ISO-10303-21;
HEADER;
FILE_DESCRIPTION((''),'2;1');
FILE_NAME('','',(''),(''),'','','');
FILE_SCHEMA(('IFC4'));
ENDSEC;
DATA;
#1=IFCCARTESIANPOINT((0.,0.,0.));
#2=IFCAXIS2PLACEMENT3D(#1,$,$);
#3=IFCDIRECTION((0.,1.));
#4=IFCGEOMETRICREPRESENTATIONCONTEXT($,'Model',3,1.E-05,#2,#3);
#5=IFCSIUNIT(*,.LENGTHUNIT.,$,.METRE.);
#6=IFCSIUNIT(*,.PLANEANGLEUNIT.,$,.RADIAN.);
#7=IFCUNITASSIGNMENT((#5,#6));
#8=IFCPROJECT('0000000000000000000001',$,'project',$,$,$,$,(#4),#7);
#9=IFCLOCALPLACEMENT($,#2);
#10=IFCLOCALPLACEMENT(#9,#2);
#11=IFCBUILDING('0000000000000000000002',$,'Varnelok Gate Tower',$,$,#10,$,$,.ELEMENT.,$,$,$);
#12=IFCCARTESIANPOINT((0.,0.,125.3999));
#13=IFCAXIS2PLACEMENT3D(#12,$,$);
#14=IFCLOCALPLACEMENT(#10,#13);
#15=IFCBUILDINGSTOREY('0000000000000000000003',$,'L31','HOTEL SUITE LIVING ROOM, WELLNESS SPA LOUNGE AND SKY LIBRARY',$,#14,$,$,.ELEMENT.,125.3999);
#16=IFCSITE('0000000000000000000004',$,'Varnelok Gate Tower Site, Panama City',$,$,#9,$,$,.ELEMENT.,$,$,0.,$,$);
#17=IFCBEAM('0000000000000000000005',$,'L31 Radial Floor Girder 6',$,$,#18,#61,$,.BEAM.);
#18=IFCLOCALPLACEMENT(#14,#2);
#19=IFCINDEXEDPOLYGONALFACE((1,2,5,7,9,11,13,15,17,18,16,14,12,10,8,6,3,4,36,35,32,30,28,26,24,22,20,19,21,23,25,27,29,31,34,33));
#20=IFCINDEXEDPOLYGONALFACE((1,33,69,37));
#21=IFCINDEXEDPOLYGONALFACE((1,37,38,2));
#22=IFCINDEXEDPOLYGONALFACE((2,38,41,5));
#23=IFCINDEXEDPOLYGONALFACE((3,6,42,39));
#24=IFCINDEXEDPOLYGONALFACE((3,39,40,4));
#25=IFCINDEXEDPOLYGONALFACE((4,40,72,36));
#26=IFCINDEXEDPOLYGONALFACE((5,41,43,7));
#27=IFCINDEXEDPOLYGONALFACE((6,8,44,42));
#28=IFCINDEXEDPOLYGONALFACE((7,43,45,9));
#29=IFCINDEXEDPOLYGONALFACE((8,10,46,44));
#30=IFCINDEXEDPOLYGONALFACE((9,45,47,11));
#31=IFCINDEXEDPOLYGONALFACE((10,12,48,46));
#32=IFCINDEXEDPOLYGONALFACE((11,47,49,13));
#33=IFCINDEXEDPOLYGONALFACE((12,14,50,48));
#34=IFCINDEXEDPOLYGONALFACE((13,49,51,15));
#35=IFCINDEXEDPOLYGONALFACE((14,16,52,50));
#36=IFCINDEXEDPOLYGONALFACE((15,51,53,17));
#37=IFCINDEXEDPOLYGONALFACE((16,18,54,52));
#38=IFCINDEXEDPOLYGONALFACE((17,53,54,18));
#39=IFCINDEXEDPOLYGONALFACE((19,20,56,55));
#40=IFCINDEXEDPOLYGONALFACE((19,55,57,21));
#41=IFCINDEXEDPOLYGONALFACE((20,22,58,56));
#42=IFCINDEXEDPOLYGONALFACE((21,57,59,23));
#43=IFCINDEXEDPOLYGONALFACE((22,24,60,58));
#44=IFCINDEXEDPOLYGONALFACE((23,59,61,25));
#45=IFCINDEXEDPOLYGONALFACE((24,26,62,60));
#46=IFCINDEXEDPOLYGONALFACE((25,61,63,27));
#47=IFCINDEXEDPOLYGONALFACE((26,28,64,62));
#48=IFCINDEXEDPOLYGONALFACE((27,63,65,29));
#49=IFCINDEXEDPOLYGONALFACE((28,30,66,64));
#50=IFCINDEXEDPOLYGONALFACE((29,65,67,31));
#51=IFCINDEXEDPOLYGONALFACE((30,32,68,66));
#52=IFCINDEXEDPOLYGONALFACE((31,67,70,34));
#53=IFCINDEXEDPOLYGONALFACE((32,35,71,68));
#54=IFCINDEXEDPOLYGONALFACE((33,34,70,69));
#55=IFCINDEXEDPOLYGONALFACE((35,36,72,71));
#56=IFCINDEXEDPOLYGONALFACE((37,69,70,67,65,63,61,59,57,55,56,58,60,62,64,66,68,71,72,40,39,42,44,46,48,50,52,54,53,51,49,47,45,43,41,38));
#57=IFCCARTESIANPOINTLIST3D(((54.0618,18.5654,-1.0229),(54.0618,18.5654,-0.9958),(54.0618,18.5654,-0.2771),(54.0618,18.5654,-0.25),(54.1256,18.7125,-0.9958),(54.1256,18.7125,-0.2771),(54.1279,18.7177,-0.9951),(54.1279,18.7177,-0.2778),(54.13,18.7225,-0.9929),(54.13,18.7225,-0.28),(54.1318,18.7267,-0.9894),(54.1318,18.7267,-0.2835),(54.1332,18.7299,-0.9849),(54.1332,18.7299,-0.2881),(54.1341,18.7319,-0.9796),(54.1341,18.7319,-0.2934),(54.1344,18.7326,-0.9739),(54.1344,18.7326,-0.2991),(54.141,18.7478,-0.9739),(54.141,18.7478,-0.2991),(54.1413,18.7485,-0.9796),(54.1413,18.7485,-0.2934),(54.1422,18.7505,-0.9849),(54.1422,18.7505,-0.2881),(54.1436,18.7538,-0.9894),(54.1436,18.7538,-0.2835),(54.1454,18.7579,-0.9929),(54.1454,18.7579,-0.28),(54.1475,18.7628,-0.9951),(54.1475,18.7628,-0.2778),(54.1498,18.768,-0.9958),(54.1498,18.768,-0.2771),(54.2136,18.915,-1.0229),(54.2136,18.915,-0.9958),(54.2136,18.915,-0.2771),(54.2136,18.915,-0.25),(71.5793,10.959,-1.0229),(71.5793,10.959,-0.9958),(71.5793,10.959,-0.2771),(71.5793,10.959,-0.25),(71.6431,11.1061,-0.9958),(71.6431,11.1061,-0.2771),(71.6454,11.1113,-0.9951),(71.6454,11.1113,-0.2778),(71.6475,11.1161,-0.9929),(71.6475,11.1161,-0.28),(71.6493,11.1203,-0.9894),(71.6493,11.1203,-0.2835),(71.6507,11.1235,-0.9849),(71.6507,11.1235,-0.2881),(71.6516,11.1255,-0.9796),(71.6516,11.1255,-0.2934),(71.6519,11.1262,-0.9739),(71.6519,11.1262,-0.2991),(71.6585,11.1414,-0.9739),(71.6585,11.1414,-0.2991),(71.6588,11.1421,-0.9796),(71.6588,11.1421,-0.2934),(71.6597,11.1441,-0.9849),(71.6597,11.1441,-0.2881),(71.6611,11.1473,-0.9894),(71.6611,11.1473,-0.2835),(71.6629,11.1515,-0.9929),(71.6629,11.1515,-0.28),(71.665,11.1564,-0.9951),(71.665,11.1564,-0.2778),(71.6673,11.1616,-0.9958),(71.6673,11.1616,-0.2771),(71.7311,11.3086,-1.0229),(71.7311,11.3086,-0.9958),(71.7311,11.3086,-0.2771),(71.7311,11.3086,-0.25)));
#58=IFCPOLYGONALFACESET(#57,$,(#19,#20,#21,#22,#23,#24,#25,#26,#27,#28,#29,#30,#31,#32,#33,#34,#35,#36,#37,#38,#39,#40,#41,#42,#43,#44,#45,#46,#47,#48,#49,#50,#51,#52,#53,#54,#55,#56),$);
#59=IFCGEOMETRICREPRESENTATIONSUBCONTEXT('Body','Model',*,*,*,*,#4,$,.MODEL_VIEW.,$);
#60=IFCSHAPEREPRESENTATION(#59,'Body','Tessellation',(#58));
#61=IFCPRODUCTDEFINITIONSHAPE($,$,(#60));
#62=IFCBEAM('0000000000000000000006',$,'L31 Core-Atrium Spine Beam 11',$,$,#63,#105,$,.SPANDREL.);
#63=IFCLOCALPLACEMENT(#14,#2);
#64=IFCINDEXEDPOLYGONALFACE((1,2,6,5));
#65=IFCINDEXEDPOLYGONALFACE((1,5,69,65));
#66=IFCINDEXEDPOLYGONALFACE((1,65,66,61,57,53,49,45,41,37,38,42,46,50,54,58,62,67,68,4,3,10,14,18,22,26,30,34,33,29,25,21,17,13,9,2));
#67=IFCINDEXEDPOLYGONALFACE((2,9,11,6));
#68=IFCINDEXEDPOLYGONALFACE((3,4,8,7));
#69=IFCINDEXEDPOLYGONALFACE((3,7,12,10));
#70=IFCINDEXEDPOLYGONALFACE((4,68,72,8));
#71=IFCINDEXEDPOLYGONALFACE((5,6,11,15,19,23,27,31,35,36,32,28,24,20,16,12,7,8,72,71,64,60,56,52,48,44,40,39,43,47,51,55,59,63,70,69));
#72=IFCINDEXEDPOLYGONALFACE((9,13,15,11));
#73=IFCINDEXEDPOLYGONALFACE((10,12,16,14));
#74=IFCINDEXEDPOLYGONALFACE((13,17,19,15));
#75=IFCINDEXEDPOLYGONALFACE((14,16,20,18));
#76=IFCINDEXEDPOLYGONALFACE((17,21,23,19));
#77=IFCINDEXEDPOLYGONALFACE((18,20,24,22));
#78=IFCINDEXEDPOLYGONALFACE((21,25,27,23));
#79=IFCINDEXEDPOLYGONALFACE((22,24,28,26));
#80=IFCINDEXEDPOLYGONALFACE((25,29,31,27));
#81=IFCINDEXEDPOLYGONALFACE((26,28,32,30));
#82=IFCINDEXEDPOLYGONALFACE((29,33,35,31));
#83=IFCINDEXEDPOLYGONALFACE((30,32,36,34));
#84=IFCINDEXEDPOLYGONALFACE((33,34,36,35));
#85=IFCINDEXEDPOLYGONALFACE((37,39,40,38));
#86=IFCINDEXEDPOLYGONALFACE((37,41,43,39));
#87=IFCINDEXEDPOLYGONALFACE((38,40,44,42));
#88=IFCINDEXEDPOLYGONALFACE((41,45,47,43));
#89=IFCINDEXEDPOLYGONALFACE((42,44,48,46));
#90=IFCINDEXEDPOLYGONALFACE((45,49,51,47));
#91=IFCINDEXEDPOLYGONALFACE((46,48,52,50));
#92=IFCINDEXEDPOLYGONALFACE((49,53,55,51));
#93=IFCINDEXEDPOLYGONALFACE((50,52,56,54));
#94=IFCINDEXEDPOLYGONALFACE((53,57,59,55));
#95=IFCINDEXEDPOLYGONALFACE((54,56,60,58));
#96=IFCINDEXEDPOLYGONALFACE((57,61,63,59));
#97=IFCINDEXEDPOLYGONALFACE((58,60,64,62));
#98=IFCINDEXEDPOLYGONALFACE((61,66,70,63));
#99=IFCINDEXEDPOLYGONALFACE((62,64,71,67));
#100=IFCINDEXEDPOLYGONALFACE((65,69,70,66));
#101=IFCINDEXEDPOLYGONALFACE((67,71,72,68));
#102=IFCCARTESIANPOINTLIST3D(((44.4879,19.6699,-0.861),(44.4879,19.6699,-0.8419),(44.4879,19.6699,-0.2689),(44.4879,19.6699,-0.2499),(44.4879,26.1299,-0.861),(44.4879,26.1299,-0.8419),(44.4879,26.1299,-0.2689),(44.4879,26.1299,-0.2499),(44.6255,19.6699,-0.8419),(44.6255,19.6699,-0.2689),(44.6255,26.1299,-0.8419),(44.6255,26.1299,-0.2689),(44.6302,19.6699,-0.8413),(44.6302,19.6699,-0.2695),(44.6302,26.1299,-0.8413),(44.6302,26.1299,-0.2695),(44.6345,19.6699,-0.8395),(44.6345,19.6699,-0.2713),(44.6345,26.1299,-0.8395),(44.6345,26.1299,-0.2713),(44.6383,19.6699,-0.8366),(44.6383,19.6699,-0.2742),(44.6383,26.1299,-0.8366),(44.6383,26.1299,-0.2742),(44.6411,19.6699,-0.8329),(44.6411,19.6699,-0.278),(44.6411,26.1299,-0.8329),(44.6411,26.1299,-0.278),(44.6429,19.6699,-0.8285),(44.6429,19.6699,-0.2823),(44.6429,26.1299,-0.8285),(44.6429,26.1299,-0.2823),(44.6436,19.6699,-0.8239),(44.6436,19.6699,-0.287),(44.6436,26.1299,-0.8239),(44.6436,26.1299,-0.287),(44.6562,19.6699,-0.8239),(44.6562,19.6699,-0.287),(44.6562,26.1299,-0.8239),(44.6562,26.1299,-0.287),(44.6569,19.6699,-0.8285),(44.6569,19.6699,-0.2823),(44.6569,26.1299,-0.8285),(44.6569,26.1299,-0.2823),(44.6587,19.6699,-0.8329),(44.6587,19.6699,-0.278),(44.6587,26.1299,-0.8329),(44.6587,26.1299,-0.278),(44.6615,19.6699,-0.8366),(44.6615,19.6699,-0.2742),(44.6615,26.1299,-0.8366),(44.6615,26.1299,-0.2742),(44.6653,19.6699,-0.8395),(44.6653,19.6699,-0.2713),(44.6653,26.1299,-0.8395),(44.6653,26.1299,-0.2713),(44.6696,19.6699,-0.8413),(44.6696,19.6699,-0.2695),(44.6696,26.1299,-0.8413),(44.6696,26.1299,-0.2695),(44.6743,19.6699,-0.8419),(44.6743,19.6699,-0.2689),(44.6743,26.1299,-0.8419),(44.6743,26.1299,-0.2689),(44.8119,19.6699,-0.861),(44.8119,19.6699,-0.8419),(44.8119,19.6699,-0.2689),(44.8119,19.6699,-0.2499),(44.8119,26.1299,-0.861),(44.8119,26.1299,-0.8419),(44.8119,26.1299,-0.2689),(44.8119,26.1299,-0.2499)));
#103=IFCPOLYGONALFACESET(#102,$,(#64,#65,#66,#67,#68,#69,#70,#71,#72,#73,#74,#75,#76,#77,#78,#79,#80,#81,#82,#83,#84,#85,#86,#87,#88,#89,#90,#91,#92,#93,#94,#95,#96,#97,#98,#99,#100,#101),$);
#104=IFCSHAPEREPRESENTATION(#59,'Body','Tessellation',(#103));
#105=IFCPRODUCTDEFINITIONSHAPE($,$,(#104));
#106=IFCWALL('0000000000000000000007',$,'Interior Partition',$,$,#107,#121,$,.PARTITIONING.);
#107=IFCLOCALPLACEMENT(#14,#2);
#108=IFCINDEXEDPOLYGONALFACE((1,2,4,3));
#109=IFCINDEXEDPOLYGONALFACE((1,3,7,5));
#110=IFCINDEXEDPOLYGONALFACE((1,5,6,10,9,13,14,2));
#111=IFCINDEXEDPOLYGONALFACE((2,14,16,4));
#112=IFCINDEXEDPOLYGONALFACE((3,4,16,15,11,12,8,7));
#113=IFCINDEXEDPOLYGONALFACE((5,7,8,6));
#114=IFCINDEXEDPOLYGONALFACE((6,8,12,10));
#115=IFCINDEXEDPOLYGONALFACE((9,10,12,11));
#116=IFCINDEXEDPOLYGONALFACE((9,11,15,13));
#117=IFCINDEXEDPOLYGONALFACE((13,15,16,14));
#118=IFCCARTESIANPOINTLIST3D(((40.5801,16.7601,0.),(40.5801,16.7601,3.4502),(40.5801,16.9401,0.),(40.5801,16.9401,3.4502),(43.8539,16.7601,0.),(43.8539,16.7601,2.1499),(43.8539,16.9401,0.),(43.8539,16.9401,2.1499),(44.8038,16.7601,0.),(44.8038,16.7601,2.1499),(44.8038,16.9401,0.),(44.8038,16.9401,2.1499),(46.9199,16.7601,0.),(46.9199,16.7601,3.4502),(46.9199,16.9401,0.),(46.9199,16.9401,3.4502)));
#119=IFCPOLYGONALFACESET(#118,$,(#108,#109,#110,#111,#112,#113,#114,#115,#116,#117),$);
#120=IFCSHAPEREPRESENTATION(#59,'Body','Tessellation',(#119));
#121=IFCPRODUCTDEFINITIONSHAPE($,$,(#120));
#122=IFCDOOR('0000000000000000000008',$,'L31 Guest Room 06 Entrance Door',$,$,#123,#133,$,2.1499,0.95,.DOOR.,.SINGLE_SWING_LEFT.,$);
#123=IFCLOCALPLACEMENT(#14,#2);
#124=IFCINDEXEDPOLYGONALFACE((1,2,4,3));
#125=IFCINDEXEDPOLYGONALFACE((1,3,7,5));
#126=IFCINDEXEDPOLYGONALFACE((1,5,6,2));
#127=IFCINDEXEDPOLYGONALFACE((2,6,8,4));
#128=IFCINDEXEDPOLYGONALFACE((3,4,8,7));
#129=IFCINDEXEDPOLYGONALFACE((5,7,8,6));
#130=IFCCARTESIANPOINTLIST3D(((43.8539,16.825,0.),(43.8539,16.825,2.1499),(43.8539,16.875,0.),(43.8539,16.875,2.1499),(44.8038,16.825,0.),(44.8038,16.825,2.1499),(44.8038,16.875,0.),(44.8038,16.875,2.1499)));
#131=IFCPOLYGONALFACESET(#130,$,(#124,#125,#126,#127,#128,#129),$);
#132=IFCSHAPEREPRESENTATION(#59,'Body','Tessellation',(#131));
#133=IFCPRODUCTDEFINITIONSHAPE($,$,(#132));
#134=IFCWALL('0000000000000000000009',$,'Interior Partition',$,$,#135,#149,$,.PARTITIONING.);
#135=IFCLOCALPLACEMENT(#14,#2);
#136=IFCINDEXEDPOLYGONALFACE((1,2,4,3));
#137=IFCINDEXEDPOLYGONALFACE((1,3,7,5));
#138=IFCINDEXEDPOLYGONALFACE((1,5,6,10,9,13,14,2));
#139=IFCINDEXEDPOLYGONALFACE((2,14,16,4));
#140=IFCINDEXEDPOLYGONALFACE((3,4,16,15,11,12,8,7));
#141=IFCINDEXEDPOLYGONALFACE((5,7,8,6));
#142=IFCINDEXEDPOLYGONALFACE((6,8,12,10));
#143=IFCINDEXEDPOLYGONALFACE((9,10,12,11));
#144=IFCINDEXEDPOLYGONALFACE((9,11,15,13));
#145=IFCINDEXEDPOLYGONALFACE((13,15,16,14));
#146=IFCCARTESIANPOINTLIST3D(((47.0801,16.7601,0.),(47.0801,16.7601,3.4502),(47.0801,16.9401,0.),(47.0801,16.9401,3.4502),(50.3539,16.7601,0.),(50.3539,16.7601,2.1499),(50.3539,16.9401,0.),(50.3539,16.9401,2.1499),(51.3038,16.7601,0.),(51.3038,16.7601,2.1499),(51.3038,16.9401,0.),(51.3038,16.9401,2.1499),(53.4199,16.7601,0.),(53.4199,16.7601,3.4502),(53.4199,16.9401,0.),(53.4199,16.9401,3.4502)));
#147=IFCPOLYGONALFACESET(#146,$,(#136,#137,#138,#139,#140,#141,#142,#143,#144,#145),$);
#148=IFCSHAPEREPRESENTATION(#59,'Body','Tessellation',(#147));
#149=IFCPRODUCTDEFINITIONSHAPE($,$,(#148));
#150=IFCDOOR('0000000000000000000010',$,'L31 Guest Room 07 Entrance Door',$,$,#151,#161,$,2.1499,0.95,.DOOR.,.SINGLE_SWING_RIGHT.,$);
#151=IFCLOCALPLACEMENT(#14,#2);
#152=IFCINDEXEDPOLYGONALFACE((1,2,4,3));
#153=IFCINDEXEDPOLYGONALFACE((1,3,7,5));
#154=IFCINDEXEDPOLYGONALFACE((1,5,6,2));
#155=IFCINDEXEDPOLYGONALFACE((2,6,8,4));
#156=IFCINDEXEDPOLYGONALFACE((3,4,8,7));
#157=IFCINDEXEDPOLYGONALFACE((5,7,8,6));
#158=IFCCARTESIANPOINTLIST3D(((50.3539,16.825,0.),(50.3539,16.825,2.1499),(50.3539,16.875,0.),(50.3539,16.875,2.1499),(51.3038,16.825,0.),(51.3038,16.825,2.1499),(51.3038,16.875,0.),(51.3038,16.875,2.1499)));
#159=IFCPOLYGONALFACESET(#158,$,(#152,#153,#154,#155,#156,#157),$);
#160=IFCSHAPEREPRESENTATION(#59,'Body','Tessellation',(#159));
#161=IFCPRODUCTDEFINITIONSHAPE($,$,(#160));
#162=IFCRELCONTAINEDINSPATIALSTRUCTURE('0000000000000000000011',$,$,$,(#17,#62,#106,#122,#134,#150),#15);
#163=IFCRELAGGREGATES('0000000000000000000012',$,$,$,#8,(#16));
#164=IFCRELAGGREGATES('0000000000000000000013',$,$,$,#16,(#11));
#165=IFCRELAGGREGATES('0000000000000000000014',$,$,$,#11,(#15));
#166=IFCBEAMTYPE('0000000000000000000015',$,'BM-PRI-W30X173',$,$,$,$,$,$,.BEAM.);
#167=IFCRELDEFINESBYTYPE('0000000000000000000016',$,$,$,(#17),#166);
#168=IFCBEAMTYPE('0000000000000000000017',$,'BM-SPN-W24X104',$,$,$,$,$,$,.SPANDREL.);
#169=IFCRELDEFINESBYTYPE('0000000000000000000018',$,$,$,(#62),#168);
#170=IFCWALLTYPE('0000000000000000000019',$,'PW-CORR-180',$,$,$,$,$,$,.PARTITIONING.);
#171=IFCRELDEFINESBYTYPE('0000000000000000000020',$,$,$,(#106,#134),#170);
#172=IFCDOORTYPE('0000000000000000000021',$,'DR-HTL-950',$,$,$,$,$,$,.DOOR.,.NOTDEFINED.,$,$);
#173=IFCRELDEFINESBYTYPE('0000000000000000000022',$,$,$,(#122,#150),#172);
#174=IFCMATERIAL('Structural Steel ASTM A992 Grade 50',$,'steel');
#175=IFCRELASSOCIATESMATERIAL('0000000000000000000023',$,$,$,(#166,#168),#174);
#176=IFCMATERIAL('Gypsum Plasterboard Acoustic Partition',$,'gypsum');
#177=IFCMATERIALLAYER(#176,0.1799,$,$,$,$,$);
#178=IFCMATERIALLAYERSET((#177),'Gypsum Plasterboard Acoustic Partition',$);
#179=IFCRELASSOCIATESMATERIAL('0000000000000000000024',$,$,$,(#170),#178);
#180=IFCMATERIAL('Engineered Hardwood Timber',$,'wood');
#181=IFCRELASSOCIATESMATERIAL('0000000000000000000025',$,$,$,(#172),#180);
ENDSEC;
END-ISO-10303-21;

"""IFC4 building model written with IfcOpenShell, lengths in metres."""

from ifc_helpers import new_model, si_unit, direction, frame, frame_2d, origin, origin_2d, place, context, subcontext, project, spatial, rectangle, i_section, extrude, material, layer, layer_set, material_profile, profile_set, type_object, element, fill, save


model = new_model("IFC4")

# Units and contexts
model_context = context("Model", 3, precision=1e-05, world=origin(), true_north=direction((0.0, 1.0)))
body_context = subcontext(model_context, "Body", "Model", "MODEL_VIEW")
ifc_project = project(units=[si_unit("LENGTHUNIT", "METRE"), si_unit("PLANEANGLEUNIT", "RADIAN")], contexts=[model_context])

# Site, building, storey
site_placement = place(None, origin())
site = spatial("IfcSite", under=ifc_project, at=site_placement, Name="Varnelok Gate Tower Site, Panama City", CompositionType="ELEMENT", RefElevation=0.0)
building_placement = place(site_placement, origin())
building = spatial("IfcBuilding", under=site, at=building_placement, Name="Varnelok Gate Tower", CompositionType="ELEMENT")
storey_placement = place(building_placement, frame((0.0, 0.0, 125.3999)))
storey = spatial("IfcBuildingStorey", under=building, at=storey_placement, Name="L31", Description="HOTEL SUITE LIVING ROOM, WELLNESS SPA LOUNGE AND SKY LIBRARY", CompositionType="ELEMENT", Elevation=125.3999)

# Shared definitions
ifc_material_1 = material(Name="Structural Steel ASTM A992 Grade 50", Category="steel")

# Beams
ifc_material_profile_1 = material_profile(ifc_material_1, i_section(OverallWidth=0.3811, OverallDepth=0.7729, WebThickness=0.0166, FlangeThickness=0.0271, FilletRadius=0.022, at=origin_2d()), Name="W30X173")
ifc_profile_set_1 = profile_set([ifc_material_profile_1], Name="Structural Steel ASTM A992 Grade 50")
beam_type_1 = type_object("IfcBeamType", Name="BM-PRI-W30X173", PredefinedType="BEAM", material=ifc_profile_set_1)
beam_1_placement = place(storey_placement, frame((54.1377, 18.7402, -0.6365), z_axis=(0.917259, -0.39829, 0.0), x_axis=(0.39829, 0.917259, 0.0)))
element("IfcBeam", 1, at=beam_1_placement, inside=storey, type_object=beam_type_1, Name="L31 Radial Floor Girder 6", PredefinedType="BEAM", context=body_context, shape_type="SweptSolid", body=[
    extrude(i_section(OverallWidth=0.3811, OverallDepth=0.7729, WebThickness=0.0166, FlangeThickness=0.0271, FilletRadius=0.022, at=origin_2d()), origin(), (0.0, 0.0, 1.0), 19.0977),
])
ifc_material_profile_2 = material_profile(ifc_material_1, i_section(OverallWidth=0.324, OverallDepth=0.6111, WebThickness=0.0127, FlangeThickness=0.019, FilletRadius=0.0181, at=origin_2d()), Name="W24X104")
ifc_profile_set_2 = profile_set([ifc_material_profile_2], Name="Structural Steel ASTM A992 Grade 50")
beam_type_2 = type_object("IfcBeamType", Name="BM-SPN-W24X104", PredefinedType="SPANDREL", material=ifc_profile_set_2)
beam_2_placement = place(storey_placement, frame((44.6499, 19.6699, -0.5554), z_axis=(0.0, 1.0, 0.0), x_axis=(-1.0, 0.0, 0.0)))
element("IfcBeam", 2, at=beam_2_placement, inside=storey, type_object=beam_type_2, Name="L31 Core-Atrium Spine Beam 11", PredefinedType="SPANDREL", context=body_context, shape_type="SweptSolid", body=[
    extrude(i_section(OverallWidth=0.324, OverallDepth=0.6111, WebThickness=0.0127, FlangeThickness=0.019, FilletRadius=0.0181, at=origin_2d()), origin(), (0.0, 0.0, 1.0), 6.46),
])

# Walls, openings, doors
ifc_material_2 = material(Name="Gypsum Plasterboard Acoustic Partition", Category="gypsum")
ifc_layer_1 = layer(ifc_material_2, 0.1799)
ifc_layer_set_1 = layer_set([ifc_layer_1], Name="Gypsum Plasterboard Acoustic Partition")
wall_type_1 = type_object("IfcWallType", Name="PW-CORR-180", PredefinedType="PARTITIONING", material=ifc_layer_set_1)
wall_1_placement = place(storey_placement, frame((40.5801, 16.8501, 0.0), z_axis=(0.0, 0.0, 1.0), x_axis=(1.0, 0.0, 0.0)))
wall_1 = element("IfcWall", 3, at=wall_1_placement, inside=storey, type_object=wall_type_1, Name="Interior Partition", PredefinedType="PARTITIONING", context=body_context, shape_type="SweptSolid", body=[
    extrude(rectangle(XDim=6.3398, YDim=0.1799, at=frame_2d((3.1699, 0.0))), origin(), (0.0, 0.0, 1.0), 3.4502),
])
opening_1_placement = place(wall_1_placement, frame((3.2737, 0.0, 0.0)))
opening_1 = element("IfcOpeningElement", 4, at=opening_1_placement, cuts=wall_1, PredefinedType="OPENING", context=body_context, shape_type="SweptSolid", body=[
    extrude(rectangle(XDim=0.95, YDim=2.1499, at=frame_2d((0.4751, 1.075))), frame((0.0, 0.0999, 0.0), z_axis=(0.0, -1.0, 0.0), x_axis=(1.0, 0.0, 0.0)), (0.0, 0.0, 1.0), 0.2),
])
ifc_material_3 = material(Name="Engineered Hardwood Timber", Category="wood")
door_type_1 = type_object("IfcDoorType", Name="DR-HTL-950", OperationType="NOTDEFINED", PredefinedType="DOOR", material=ifc_material_3)
door_1_placement = place(opening_1_placement, origin())
door_1 = element("IfcDoor", 5, at=door_1_placement, inside=storey, type_object=door_type_1, Name="L31 Guest Room 06 Entrance Door", OperationType="SINGLE_SWING_LEFT", OverallHeight=2.1499, OverallWidth=0.95, PredefinedType="DOOR", context=body_context, shape_type="SweptSolid", body=[
    extrude(rectangle(XDim=0.95, YDim=2.1499, at=frame_2d((0.4751, 1.075))), frame((0.0, 0.0249, 0.0), z_axis=(0.0, -1.0, 0.0), x_axis=(1.0, 0.0, 0.0)), (0.0, 0.0, 1.0), 0.05),
])
fill(opening_1, door_1)
wall_2_placement = place(storey_placement, frame((47.0801, 16.8501, 0.0), z_axis=(0.0, 0.0, 1.0), x_axis=(1.0, 0.0, 0.0)))
wall_2 = element("IfcWall", 6, at=wall_2_placement, inside=storey, type_object=wall_type_1, Name="Interior Partition", PredefinedType="PARTITIONING", context=body_context, shape_type="SweptSolid", body=[
    extrude(rectangle(XDim=6.3398, YDim=0.1799, at=frame_2d((3.1699, 0.0))), origin(), (0.0, 0.0, 1.0), 3.4502),
])
opening_2_placement = place(wall_2_placement, frame((3.2737, 0.0, 0.0)))
opening_2 = element("IfcOpeningElement", 7, at=opening_2_placement, cuts=wall_2, PredefinedType="OPENING", context=body_context, shape_type="SweptSolid", body=[
    extrude(rectangle(XDim=0.95, YDim=2.1499, at=frame_2d((0.4751, 1.075))), frame((0.0, 0.0999, 0.0), z_axis=(0.0, -1.0, 0.0), x_axis=(1.0, 0.0, 0.0)), (0.0, 0.0, 1.0), 0.2),
])
door_2_placement = place(opening_2_placement, origin())
door_2 = element("IfcDoor", 8, at=door_2_placement, inside=storey, type_object=door_type_1, Name="L31 Guest Room 07 Entrance Door", OperationType="SINGLE_SWING_RIGHT", OverallHeight=2.1499, OverallWidth=0.95, PredefinedType="DOOR", context=body_context, shape_type="SweptSolid", body=[
    extrude(rectangle(XDim=0.95, YDim=2.1499, at=frame_2d((0.4751, 1.075))), frame((0.0, 0.0249, 0.0), z_axis=(0.0, -1.0, 0.0), x_axis=(1.0, 0.0, 0.0)), (0.0, 0.0, 1.0), 0.05),
])
fill(opening_2, door_2)

save(model, "model.ifc")
